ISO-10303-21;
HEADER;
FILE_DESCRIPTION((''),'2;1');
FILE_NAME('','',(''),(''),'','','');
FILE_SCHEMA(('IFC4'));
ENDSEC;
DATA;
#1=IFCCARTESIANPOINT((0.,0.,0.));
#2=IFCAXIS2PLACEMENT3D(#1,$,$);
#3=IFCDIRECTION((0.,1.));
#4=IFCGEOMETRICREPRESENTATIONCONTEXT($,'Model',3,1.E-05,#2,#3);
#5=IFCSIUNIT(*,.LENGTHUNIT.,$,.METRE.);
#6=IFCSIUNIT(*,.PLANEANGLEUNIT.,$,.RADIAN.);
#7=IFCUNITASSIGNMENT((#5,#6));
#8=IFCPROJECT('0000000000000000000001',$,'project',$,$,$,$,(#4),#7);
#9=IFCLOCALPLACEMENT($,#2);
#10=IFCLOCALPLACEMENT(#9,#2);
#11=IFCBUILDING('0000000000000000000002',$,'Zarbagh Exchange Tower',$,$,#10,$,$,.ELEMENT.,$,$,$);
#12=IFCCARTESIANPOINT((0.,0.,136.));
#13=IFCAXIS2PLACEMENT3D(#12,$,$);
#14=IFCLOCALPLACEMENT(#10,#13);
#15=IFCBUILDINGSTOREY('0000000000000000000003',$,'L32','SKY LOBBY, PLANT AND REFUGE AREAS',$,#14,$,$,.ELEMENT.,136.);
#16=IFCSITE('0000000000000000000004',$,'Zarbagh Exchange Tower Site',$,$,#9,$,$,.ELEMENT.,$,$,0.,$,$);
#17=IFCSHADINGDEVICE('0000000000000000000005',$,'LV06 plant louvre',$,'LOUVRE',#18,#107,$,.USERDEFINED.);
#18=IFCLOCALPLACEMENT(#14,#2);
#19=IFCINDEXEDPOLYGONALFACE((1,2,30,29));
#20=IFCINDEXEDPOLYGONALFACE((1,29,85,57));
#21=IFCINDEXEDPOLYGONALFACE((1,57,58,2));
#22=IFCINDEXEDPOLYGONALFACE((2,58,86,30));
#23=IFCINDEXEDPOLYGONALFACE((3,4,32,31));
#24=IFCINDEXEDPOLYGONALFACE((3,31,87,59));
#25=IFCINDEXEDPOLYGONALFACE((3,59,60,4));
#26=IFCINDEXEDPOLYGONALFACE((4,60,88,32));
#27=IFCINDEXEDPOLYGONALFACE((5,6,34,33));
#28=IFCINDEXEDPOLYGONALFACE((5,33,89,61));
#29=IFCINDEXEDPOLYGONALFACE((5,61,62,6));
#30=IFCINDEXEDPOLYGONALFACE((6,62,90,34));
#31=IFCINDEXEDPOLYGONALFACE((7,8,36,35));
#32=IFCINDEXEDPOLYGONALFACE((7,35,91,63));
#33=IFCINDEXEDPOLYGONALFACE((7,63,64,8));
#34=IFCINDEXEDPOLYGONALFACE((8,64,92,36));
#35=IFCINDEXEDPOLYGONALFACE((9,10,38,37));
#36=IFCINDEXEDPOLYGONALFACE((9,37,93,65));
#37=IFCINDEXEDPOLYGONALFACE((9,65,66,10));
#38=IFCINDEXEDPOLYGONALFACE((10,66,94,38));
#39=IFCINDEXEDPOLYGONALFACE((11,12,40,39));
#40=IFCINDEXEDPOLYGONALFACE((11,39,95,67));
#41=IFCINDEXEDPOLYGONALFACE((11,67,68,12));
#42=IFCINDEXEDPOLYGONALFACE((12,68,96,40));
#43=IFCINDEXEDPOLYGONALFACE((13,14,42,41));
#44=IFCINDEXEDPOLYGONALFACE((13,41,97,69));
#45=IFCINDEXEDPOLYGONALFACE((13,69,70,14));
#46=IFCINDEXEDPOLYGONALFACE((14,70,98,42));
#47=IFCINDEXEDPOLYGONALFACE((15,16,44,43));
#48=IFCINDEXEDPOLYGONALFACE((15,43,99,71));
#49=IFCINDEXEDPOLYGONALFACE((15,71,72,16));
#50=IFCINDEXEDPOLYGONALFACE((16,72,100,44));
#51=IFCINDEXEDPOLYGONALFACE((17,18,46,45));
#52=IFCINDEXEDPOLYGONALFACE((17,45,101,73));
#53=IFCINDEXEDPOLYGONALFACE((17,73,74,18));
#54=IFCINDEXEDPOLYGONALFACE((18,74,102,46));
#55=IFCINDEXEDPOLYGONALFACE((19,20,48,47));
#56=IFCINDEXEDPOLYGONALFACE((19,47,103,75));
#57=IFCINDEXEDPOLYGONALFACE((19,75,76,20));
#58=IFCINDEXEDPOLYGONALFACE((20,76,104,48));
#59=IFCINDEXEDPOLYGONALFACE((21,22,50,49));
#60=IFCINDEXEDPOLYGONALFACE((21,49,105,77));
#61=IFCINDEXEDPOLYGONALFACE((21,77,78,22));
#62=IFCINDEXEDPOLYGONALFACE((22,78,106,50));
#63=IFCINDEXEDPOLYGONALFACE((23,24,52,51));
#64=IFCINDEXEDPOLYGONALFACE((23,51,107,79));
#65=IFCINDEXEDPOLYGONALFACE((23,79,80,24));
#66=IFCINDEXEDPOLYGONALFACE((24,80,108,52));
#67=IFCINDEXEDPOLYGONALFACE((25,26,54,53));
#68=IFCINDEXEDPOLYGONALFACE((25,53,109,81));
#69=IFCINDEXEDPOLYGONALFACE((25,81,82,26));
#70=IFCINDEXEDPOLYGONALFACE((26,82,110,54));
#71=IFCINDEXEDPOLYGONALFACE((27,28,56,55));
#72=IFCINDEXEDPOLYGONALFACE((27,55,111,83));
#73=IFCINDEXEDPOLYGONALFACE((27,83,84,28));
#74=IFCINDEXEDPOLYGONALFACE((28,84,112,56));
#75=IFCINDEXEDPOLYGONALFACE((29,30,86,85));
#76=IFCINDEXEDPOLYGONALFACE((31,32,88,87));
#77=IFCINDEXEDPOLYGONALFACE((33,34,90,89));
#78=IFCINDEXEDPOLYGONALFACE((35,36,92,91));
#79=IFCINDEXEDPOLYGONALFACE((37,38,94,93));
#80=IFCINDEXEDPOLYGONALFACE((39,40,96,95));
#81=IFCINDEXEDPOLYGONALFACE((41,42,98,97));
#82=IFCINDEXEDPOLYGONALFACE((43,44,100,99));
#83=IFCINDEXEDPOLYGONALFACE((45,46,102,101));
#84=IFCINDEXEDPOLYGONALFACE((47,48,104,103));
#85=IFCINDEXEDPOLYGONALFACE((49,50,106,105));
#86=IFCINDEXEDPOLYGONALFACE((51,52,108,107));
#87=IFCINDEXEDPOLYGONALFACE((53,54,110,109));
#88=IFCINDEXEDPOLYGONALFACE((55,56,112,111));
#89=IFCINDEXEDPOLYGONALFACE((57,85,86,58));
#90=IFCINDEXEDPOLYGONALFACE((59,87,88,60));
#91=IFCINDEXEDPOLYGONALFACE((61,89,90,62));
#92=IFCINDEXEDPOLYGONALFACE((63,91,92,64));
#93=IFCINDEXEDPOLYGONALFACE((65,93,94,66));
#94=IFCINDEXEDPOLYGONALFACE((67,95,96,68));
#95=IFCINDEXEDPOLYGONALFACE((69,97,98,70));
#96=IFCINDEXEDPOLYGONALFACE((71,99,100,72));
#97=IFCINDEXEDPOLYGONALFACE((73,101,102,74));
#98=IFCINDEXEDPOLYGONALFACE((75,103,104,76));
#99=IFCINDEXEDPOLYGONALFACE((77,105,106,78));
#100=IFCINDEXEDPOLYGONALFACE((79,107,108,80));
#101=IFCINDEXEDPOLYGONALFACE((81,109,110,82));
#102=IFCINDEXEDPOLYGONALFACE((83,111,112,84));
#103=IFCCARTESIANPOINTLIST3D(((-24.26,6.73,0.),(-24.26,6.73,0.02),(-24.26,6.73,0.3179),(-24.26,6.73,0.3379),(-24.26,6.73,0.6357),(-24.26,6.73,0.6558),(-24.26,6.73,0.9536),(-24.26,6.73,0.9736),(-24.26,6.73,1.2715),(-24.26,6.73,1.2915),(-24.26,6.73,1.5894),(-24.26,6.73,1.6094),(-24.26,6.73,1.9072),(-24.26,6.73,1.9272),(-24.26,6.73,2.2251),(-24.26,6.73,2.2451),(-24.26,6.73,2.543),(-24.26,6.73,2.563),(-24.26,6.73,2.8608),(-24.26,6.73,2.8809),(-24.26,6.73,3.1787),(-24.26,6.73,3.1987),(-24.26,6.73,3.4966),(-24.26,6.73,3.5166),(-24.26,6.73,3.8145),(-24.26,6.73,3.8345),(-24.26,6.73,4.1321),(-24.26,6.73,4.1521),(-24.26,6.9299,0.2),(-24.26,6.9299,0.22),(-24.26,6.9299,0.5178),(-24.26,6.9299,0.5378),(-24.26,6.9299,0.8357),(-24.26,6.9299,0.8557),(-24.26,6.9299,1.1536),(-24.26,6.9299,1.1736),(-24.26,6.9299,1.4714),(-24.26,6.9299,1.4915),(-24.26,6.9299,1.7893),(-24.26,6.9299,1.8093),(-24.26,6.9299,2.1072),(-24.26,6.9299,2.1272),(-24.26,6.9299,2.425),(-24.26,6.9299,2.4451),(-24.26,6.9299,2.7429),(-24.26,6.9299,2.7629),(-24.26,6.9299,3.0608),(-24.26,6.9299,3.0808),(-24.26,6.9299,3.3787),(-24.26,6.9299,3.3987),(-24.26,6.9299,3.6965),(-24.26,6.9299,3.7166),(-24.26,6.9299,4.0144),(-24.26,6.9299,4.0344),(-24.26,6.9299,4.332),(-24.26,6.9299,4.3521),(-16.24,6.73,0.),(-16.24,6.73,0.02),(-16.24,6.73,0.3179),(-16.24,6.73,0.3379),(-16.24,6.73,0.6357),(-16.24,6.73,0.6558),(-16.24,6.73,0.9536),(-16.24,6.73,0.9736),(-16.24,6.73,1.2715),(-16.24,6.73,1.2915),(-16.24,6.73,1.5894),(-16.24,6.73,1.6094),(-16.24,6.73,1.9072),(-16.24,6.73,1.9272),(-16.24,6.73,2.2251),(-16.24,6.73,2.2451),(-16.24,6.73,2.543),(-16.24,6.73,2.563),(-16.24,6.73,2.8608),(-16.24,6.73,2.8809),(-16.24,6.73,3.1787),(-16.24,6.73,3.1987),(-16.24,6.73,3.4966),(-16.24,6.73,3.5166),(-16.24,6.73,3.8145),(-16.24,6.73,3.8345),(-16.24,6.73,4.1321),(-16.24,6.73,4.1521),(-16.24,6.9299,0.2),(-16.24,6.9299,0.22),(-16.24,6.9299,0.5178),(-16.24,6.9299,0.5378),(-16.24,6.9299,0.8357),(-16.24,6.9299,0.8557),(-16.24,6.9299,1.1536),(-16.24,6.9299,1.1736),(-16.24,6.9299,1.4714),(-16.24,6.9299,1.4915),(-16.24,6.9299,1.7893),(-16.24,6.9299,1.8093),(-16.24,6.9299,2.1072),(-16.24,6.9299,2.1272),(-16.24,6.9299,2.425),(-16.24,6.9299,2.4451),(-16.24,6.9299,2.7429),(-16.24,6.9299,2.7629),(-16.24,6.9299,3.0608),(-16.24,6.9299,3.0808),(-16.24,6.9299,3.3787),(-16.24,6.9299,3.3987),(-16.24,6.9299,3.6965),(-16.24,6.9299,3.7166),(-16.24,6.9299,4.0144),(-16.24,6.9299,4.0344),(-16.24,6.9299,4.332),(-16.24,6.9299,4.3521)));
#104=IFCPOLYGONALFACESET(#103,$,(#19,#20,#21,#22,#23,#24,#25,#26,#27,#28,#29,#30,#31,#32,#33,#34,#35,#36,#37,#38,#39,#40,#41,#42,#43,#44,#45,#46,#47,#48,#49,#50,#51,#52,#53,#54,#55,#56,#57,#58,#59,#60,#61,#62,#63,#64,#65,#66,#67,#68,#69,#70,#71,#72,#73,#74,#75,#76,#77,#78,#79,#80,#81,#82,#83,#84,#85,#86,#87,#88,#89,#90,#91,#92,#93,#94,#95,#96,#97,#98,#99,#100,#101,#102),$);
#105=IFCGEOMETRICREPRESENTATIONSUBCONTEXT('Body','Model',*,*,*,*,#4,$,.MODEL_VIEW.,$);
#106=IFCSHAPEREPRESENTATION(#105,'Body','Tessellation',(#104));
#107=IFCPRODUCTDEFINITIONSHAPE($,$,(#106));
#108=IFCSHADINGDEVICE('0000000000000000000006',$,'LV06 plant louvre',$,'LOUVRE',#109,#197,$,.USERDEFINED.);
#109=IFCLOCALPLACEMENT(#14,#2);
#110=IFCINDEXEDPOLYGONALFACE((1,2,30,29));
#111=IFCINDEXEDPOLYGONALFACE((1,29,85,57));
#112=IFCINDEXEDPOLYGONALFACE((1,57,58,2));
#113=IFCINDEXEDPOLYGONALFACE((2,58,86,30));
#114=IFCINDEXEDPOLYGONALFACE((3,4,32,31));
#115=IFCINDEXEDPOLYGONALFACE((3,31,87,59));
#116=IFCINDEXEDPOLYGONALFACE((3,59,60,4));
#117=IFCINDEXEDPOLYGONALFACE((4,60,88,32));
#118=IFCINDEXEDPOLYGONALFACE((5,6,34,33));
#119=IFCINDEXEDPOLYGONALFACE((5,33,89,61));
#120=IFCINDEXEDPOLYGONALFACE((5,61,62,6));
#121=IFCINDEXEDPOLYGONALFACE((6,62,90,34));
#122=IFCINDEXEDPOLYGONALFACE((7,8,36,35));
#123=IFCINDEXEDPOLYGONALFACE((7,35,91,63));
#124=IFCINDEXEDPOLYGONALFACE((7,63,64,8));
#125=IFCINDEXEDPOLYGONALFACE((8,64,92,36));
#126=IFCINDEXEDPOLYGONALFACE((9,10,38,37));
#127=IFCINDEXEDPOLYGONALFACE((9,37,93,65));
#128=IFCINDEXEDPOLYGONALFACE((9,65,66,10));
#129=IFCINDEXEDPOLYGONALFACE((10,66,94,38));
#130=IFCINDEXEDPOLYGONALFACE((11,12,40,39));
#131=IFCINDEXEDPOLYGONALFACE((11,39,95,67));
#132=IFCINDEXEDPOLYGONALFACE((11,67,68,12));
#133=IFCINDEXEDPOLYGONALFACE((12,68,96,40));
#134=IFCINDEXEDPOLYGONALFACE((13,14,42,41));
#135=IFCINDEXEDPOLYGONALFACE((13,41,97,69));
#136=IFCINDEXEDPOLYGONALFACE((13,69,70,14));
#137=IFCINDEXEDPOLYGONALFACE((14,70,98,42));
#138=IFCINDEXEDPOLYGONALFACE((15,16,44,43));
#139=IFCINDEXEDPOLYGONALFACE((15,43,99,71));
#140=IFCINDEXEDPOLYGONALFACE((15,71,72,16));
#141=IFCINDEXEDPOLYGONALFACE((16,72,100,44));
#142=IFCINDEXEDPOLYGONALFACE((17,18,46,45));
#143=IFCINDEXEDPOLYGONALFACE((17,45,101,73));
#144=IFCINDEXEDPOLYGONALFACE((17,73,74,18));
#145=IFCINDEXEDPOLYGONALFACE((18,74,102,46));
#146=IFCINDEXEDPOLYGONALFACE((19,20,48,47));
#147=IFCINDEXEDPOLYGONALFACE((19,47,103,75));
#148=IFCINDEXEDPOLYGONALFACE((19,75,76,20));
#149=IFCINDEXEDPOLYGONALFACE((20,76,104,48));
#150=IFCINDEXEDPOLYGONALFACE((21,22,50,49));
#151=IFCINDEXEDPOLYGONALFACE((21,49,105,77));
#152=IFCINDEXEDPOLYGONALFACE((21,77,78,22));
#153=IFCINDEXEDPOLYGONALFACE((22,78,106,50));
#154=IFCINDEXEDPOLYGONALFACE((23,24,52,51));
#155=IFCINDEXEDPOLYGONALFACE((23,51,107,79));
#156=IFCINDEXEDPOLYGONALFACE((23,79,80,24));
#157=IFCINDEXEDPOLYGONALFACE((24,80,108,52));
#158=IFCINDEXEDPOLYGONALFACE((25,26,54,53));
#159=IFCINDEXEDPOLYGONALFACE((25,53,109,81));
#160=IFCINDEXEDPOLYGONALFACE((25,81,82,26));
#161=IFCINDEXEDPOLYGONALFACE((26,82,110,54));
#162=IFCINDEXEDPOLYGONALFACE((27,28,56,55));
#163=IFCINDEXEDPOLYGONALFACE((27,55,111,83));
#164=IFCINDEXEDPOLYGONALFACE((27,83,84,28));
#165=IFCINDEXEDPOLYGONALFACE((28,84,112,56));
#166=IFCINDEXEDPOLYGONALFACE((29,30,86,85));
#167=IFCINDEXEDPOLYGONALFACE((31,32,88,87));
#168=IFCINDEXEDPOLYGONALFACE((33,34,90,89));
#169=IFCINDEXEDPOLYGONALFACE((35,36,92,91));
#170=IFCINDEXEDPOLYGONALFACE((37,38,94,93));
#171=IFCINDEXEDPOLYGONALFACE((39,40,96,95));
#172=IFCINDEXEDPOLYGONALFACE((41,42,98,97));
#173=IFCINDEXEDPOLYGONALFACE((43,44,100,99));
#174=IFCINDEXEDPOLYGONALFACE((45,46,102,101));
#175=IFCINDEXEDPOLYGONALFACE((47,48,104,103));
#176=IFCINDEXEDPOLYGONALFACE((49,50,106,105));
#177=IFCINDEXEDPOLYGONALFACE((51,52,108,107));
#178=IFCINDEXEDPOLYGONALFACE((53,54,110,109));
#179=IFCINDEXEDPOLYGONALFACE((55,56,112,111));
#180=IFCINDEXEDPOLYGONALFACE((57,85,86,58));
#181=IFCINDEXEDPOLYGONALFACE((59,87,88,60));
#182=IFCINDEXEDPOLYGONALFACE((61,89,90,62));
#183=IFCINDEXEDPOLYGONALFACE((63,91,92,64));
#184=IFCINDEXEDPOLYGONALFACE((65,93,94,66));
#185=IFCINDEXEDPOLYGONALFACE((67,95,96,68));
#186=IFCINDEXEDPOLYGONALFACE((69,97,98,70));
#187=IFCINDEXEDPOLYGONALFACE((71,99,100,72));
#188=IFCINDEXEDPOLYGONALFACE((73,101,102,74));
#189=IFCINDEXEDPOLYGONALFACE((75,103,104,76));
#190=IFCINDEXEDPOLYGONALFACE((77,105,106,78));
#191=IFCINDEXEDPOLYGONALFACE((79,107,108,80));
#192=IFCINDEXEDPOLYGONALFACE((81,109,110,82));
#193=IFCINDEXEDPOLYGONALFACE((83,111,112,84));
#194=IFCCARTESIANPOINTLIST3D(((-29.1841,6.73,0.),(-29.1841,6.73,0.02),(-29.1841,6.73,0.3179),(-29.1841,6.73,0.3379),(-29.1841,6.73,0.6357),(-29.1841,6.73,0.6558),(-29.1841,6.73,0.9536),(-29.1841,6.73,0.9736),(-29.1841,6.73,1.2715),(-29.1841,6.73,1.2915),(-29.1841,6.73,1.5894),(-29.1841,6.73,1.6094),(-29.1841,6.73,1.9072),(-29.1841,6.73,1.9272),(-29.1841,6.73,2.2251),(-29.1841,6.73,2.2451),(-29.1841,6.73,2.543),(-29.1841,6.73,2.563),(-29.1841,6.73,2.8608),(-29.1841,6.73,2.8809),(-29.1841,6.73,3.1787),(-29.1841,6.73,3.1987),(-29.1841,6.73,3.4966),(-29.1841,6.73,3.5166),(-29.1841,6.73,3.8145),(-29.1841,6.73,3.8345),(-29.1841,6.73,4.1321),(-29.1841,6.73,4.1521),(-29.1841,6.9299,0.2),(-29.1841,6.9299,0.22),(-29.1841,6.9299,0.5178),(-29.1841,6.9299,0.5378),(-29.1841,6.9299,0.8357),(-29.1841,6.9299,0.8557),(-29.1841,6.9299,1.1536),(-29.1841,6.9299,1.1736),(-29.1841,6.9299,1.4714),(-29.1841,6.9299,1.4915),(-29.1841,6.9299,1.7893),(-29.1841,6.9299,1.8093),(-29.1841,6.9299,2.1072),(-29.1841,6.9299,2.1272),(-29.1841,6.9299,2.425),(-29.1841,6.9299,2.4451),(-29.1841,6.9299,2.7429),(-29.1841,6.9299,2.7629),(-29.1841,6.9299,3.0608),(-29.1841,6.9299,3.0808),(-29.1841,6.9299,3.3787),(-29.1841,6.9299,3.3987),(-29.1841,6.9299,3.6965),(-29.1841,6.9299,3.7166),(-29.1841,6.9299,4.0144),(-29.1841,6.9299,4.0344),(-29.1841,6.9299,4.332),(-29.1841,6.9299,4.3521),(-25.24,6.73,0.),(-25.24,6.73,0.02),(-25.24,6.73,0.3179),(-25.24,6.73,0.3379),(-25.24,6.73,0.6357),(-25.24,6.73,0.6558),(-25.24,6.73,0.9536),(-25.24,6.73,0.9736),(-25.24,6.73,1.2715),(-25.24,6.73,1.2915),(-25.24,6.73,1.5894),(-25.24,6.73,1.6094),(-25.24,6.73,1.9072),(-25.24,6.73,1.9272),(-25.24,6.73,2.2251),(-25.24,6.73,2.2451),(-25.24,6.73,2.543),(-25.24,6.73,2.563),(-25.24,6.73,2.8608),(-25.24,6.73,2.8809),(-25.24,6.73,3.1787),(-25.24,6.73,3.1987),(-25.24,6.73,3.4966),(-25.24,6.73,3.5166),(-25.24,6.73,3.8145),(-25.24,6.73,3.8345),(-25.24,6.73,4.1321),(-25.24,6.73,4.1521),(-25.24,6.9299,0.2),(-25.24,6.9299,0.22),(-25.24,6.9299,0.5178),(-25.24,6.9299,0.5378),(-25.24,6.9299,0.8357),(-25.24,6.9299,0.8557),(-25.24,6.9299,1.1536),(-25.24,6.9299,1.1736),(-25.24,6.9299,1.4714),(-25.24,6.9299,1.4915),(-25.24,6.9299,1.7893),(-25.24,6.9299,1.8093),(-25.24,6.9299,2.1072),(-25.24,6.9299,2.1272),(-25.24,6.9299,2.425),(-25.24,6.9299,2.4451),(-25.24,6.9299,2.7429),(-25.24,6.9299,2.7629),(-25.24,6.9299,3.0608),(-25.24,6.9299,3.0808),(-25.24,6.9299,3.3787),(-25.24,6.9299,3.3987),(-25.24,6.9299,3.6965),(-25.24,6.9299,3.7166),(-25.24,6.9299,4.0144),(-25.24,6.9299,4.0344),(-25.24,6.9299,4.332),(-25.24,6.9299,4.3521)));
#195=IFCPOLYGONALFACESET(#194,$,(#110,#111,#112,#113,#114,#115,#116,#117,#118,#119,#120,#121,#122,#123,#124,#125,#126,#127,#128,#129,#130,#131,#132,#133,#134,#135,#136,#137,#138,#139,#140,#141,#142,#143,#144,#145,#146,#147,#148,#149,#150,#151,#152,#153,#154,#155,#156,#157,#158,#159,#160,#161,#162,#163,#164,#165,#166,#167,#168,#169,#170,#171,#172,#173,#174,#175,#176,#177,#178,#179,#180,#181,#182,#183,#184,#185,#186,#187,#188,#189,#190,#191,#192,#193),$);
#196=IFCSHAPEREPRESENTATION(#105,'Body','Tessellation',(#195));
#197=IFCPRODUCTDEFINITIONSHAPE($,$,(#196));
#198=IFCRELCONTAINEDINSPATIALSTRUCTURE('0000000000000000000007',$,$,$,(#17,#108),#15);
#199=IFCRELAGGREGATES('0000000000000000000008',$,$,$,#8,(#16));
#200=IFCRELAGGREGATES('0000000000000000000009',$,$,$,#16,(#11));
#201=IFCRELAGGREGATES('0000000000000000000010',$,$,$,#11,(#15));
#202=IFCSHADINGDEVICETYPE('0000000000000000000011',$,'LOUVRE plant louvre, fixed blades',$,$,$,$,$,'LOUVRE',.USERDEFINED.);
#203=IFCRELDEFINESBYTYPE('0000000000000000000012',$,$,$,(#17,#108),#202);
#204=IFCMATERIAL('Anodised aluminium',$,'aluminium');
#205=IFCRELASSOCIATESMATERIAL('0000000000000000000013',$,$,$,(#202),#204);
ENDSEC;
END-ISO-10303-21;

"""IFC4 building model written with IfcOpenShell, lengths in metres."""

from ifc_helpers import new_model, si_unit, direction, frame, origin, place, context, subcontext, project, spatial, polyline, outline, extrude, source, transform, mapped, material, type_object, element, save


model = new_model("IFC4")

# Units and contexts
model_context = context("Model", 3, precision=1e-05, world=origin(), true_north=direction((0.0, 1.0)))
body_context = subcontext(model_context, "Body", "Model", "MODEL_VIEW")
ifc_project = project(units=[si_unit("LENGTHUNIT", "METRE"), si_unit("PLANEANGLEUNIT", "RADIAN")], contexts=[model_context])

# Site, building, storey
site_placement = place(None, origin())
site = spatial("IfcSite", under=ifc_project, at=site_placement, Name="Zarbagh Exchange Tower Site", CompositionType="ELEMENT", RefElevation=0.0)
building_placement = place(site_placement, origin())
building = spatial("IfcBuilding", under=site, at=building_placement, Name="Zarbagh Exchange Tower", CompositionType="ELEMENT")
storey_placement = place(building_placement, frame((0.0, 0.0, 136.0)))
storey = spatial("IfcBuildingStorey", under=building, at=storey_placement, Name="L32", Description="SKY LOBBY, PLANT AND REFUGE AREAS", CompositionType="ELEMENT", Elevation=136.0)

# Shared definitions
placement = place(storey_placement, origin())

# Shared definitions
ifc_material_1 = material(Name="Anodised aluminium", Category="aluminium")
shading_device_type = type_object("IfcShadingDeviceType", Name="LOUVRE plant louvre, fixed blades", ElementType="LOUVRE", PredefinedType="USERDEFINED", material=ifc_material_1)

# Shading devices
shared_shape_1 = source(origin(), body_context, "Body", "SweptSolid", [
    extrude(outline(polyline([(0.0, 0.2), (0.2, 0.0), (0.2, -0.02), (0.0, 0.1799), (0.0, 0.2)])), origin(), (0.0, 0.0, 1.0), 8.02),
])
element("IfcShadingDevice", 1, at=placement, inside=storey, type_object=shading_device_type, Name="LV06 plant louvre", ObjectType="LOUVRE", PredefinedType="USERDEFINED", context=body_context, shape_type="MappedRepresentation", body=[
    mapped(shared_shape_1, transform((-16.24, 6.73, 0.2), x_axis=(0.0, 1.0, 0.0), y_axis=(0.0, 0.0, -1.0), z_axis=(-1.0, 0.0, 0.0))),
    mapped(shared_shape_1, transform((-16.24, 6.73, 0.5178), x_axis=(0.0, 1.0, 0.0), y_axis=(0.0, 0.0, -1.0), z_axis=(-1.0, 0.0, 0.0))),
    mapped(shared_shape_1, transform((-16.24, 6.73, 0.8357), x_axis=(0.0, 1.0, 0.0), y_axis=(0.0, 0.0, -1.0), z_axis=(-1.0, 0.0, 0.0))),
    mapped(shared_shape_1, transform((-16.24, 6.73, 1.1536), x_axis=(0.0, 1.0, 0.0), y_axis=(0.0, 0.0, -1.0), z_axis=(-1.0, 0.0, 0.0))),
    mapped(shared_shape_1, transform((-16.24, 6.73, 1.4714), x_axis=(0.0, 1.0, 0.0), y_axis=(0.0, 0.0, -1.0), z_axis=(-1.0, 0.0, 0.0))),
    mapped(shared_shape_1, transform((-16.24, 6.73, 1.7893), x_axis=(0.0, 1.0, 0.0), y_axis=(0.0, 0.0, -1.0), z_axis=(-1.0, 0.0, 0.0))),
    mapped(shared_shape_1, transform((-16.24, 6.73, 2.1072), x_axis=(0.0, 1.0, 0.0), y_axis=(0.0, 0.0, -1.0), z_axis=(-1.0, 0.0, 0.0))),
    mapped(shared_shape_1, transform((-16.24, 6.73, 2.425), x_axis=(0.0, 1.0, 0.0), y_axis=(0.0, 0.0, -1.0), z_axis=(-1.0, 0.0, 0.0))),
    mapped(shared_shape_1, transform((-16.24, 6.73, 2.7429), x_axis=(0.0, 1.0, 0.0), y_axis=(0.0, 0.0, -1.0), z_axis=(-1.0, 0.0, 0.0))),
    mapped(shared_shape_1, transform((-16.24, 6.73, 3.0608), x_axis=(0.0, 1.0, 0.0), y_axis=(0.0, 0.0, -1.0), z_axis=(-1.0, 0.0, 0.0))),
    mapped(shared_shape_1, transform((-16.24, 6.73, 3.3787), x_axis=(0.0, 1.0, 0.0), y_axis=(0.0, 0.0, -1.0), z_axis=(-1.0, 0.0, 0.0))),
    mapped(shared_shape_1, transform((-16.24, 6.73, 3.6965), x_axis=(0.0, 1.0, 0.0), y_axis=(0.0, 0.0, -1.0), z_axis=(-1.0, 0.0, 0.0))),
    mapped(shared_shape_1, transform((-16.24, 6.73, 4.0144), x_axis=(0.0, 1.0, 0.0), y_axis=(0.0, 0.0, -1.0), z_axis=(-1.0, 0.0, 0.0))),
    mapped(shared_shape_1, transform((-16.24, 6.73, 4.332), x_axis=(0.0, 1.0, 0.0), y_axis=(0.0, 0.0, -1.0), z_axis=(-1.0, 0.0, 0.0))),
])
shared_shape_2 = source(origin(), body_context, "Body", "SweptSolid", [
    extrude(outline(polyline([(0.0, 0.2), (0.2, 0.0), (0.2, -0.02), (0.0, 0.1799), (0.0, 0.2)])), origin(), (0.0, 0.0, 1.0), 3.9441),
])
element("IfcShadingDevice", 2, at=placement, inside=storey, type_object=shading_device_type, Name="LV06 plant louvre", ObjectType="LOUVRE", PredefinedType="USERDEFINED", context=body_context, shape_type="MappedRepresentation", body=[
    mapped(shared_shape_2, transform((-25.24, 6.73, 0.2), x_axis=(0.0, 1.0, 0.0), y_axis=(0.0, 0.0, -1.0), z_axis=(-1.0, 0.0, 0.0))),
    mapped(shared_shape_2, transform((-25.24, 6.73, 0.5178), x_axis=(0.0, 1.0, 0.0), y_axis=(0.0, 0.0, -1.0), z_axis=(-1.0, 0.0, 0.0))),
    mapped(shared_shape_2, transform((-25.24, 6.73, 0.8357), x_axis=(0.0, 1.0, 0.0), y_axis=(0.0, 0.0, -1.0), z_axis=(-1.0, 0.0, 0.0))),
    mapped(shared_shape_2, transform((-25.24, 6.73, 1.1536), x_axis=(0.0, 1.0, 0.0), y_axis=(0.0, 0.0, -1.0), z_axis=(-1.0, 0.0, 0.0))),
    mapped(shared_shape_2, transform((-25.24, 6.73, 1.4714), x_axis=(0.0, 1.0, 0.0), y_axis=(0.0, 0.0, -1.0), z_axis=(-1.0, 0.0, 0.0))),
    mapped(shared_shape_2, transform((-25.24, 6.73, 1.7893), x_axis=(0.0, 1.0, 0.0), y_axis=(0.0, 0.0, -1.0), z_axis=(-1.0, 0.0, 0.0))),
    mapped(shared_shape_2, transform((-25.24, 6.73, 2.1072), x_axis=(0.0, 1.0, 0.0), y_axis=(0.0, 0.0, -1.0), z_axis=(-1.0, 0.0, 0.0))),
    mapped(shared_shape_2, transform((-25.24, 6.73, 2.425), x_axis=(0.0, 1.0, 0.0), y_axis=(0.0, 0.0, -1.0), z_axis=(-1.0, 0.0, 0.0))),
    mapped(shared_shape_2, transform((-25.24, 6.73, 2.7429), x_axis=(0.0, 1.0, 0.0), y_axis=(0.0, 0.0, -1.0), z_axis=(-1.0, 0.0, 0.0))),
    mapped(shared_shape_2, transform((-25.24, 6.73, 3.0608), x_axis=(0.0, 1.0, 0.0), y_axis=(0.0, 0.0, -1.0), z_axis=(-1.0, 0.0, 0.0))),
    mapped(shared_shape_2, transform((-25.24, 6.73, 3.3787), x_axis=(0.0, 1.0, 0.0), y_axis=(0.0, 0.0, -1.0), z_axis=(-1.0, 0.0, 0.0))),
    mapped(shared_shape_2, transform((-25.24, 6.73, 3.6965), x_axis=(0.0, 1.0, 0.0), y_axis=(0.0, 0.0, -1.0), z_axis=(-1.0, 0.0, 0.0))),
    mapped(shared_shape_2, transform((-25.24, 6.73, 4.0144), x_axis=(0.0, 1.0, 0.0), y_axis=(0.0, 0.0, -1.0), z_axis=(-1.0, 0.0, 0.0))),
    mapped(shared_shape_2, transform((-25.24, 6.73, 4.332), x_axis=(0.0, 1.0, 0.0), y_axis=(0.0, 0.0, -1.0), z_axis=(-1.0, 0.0, 0.0))),
])

save(model, "model.ifc")
